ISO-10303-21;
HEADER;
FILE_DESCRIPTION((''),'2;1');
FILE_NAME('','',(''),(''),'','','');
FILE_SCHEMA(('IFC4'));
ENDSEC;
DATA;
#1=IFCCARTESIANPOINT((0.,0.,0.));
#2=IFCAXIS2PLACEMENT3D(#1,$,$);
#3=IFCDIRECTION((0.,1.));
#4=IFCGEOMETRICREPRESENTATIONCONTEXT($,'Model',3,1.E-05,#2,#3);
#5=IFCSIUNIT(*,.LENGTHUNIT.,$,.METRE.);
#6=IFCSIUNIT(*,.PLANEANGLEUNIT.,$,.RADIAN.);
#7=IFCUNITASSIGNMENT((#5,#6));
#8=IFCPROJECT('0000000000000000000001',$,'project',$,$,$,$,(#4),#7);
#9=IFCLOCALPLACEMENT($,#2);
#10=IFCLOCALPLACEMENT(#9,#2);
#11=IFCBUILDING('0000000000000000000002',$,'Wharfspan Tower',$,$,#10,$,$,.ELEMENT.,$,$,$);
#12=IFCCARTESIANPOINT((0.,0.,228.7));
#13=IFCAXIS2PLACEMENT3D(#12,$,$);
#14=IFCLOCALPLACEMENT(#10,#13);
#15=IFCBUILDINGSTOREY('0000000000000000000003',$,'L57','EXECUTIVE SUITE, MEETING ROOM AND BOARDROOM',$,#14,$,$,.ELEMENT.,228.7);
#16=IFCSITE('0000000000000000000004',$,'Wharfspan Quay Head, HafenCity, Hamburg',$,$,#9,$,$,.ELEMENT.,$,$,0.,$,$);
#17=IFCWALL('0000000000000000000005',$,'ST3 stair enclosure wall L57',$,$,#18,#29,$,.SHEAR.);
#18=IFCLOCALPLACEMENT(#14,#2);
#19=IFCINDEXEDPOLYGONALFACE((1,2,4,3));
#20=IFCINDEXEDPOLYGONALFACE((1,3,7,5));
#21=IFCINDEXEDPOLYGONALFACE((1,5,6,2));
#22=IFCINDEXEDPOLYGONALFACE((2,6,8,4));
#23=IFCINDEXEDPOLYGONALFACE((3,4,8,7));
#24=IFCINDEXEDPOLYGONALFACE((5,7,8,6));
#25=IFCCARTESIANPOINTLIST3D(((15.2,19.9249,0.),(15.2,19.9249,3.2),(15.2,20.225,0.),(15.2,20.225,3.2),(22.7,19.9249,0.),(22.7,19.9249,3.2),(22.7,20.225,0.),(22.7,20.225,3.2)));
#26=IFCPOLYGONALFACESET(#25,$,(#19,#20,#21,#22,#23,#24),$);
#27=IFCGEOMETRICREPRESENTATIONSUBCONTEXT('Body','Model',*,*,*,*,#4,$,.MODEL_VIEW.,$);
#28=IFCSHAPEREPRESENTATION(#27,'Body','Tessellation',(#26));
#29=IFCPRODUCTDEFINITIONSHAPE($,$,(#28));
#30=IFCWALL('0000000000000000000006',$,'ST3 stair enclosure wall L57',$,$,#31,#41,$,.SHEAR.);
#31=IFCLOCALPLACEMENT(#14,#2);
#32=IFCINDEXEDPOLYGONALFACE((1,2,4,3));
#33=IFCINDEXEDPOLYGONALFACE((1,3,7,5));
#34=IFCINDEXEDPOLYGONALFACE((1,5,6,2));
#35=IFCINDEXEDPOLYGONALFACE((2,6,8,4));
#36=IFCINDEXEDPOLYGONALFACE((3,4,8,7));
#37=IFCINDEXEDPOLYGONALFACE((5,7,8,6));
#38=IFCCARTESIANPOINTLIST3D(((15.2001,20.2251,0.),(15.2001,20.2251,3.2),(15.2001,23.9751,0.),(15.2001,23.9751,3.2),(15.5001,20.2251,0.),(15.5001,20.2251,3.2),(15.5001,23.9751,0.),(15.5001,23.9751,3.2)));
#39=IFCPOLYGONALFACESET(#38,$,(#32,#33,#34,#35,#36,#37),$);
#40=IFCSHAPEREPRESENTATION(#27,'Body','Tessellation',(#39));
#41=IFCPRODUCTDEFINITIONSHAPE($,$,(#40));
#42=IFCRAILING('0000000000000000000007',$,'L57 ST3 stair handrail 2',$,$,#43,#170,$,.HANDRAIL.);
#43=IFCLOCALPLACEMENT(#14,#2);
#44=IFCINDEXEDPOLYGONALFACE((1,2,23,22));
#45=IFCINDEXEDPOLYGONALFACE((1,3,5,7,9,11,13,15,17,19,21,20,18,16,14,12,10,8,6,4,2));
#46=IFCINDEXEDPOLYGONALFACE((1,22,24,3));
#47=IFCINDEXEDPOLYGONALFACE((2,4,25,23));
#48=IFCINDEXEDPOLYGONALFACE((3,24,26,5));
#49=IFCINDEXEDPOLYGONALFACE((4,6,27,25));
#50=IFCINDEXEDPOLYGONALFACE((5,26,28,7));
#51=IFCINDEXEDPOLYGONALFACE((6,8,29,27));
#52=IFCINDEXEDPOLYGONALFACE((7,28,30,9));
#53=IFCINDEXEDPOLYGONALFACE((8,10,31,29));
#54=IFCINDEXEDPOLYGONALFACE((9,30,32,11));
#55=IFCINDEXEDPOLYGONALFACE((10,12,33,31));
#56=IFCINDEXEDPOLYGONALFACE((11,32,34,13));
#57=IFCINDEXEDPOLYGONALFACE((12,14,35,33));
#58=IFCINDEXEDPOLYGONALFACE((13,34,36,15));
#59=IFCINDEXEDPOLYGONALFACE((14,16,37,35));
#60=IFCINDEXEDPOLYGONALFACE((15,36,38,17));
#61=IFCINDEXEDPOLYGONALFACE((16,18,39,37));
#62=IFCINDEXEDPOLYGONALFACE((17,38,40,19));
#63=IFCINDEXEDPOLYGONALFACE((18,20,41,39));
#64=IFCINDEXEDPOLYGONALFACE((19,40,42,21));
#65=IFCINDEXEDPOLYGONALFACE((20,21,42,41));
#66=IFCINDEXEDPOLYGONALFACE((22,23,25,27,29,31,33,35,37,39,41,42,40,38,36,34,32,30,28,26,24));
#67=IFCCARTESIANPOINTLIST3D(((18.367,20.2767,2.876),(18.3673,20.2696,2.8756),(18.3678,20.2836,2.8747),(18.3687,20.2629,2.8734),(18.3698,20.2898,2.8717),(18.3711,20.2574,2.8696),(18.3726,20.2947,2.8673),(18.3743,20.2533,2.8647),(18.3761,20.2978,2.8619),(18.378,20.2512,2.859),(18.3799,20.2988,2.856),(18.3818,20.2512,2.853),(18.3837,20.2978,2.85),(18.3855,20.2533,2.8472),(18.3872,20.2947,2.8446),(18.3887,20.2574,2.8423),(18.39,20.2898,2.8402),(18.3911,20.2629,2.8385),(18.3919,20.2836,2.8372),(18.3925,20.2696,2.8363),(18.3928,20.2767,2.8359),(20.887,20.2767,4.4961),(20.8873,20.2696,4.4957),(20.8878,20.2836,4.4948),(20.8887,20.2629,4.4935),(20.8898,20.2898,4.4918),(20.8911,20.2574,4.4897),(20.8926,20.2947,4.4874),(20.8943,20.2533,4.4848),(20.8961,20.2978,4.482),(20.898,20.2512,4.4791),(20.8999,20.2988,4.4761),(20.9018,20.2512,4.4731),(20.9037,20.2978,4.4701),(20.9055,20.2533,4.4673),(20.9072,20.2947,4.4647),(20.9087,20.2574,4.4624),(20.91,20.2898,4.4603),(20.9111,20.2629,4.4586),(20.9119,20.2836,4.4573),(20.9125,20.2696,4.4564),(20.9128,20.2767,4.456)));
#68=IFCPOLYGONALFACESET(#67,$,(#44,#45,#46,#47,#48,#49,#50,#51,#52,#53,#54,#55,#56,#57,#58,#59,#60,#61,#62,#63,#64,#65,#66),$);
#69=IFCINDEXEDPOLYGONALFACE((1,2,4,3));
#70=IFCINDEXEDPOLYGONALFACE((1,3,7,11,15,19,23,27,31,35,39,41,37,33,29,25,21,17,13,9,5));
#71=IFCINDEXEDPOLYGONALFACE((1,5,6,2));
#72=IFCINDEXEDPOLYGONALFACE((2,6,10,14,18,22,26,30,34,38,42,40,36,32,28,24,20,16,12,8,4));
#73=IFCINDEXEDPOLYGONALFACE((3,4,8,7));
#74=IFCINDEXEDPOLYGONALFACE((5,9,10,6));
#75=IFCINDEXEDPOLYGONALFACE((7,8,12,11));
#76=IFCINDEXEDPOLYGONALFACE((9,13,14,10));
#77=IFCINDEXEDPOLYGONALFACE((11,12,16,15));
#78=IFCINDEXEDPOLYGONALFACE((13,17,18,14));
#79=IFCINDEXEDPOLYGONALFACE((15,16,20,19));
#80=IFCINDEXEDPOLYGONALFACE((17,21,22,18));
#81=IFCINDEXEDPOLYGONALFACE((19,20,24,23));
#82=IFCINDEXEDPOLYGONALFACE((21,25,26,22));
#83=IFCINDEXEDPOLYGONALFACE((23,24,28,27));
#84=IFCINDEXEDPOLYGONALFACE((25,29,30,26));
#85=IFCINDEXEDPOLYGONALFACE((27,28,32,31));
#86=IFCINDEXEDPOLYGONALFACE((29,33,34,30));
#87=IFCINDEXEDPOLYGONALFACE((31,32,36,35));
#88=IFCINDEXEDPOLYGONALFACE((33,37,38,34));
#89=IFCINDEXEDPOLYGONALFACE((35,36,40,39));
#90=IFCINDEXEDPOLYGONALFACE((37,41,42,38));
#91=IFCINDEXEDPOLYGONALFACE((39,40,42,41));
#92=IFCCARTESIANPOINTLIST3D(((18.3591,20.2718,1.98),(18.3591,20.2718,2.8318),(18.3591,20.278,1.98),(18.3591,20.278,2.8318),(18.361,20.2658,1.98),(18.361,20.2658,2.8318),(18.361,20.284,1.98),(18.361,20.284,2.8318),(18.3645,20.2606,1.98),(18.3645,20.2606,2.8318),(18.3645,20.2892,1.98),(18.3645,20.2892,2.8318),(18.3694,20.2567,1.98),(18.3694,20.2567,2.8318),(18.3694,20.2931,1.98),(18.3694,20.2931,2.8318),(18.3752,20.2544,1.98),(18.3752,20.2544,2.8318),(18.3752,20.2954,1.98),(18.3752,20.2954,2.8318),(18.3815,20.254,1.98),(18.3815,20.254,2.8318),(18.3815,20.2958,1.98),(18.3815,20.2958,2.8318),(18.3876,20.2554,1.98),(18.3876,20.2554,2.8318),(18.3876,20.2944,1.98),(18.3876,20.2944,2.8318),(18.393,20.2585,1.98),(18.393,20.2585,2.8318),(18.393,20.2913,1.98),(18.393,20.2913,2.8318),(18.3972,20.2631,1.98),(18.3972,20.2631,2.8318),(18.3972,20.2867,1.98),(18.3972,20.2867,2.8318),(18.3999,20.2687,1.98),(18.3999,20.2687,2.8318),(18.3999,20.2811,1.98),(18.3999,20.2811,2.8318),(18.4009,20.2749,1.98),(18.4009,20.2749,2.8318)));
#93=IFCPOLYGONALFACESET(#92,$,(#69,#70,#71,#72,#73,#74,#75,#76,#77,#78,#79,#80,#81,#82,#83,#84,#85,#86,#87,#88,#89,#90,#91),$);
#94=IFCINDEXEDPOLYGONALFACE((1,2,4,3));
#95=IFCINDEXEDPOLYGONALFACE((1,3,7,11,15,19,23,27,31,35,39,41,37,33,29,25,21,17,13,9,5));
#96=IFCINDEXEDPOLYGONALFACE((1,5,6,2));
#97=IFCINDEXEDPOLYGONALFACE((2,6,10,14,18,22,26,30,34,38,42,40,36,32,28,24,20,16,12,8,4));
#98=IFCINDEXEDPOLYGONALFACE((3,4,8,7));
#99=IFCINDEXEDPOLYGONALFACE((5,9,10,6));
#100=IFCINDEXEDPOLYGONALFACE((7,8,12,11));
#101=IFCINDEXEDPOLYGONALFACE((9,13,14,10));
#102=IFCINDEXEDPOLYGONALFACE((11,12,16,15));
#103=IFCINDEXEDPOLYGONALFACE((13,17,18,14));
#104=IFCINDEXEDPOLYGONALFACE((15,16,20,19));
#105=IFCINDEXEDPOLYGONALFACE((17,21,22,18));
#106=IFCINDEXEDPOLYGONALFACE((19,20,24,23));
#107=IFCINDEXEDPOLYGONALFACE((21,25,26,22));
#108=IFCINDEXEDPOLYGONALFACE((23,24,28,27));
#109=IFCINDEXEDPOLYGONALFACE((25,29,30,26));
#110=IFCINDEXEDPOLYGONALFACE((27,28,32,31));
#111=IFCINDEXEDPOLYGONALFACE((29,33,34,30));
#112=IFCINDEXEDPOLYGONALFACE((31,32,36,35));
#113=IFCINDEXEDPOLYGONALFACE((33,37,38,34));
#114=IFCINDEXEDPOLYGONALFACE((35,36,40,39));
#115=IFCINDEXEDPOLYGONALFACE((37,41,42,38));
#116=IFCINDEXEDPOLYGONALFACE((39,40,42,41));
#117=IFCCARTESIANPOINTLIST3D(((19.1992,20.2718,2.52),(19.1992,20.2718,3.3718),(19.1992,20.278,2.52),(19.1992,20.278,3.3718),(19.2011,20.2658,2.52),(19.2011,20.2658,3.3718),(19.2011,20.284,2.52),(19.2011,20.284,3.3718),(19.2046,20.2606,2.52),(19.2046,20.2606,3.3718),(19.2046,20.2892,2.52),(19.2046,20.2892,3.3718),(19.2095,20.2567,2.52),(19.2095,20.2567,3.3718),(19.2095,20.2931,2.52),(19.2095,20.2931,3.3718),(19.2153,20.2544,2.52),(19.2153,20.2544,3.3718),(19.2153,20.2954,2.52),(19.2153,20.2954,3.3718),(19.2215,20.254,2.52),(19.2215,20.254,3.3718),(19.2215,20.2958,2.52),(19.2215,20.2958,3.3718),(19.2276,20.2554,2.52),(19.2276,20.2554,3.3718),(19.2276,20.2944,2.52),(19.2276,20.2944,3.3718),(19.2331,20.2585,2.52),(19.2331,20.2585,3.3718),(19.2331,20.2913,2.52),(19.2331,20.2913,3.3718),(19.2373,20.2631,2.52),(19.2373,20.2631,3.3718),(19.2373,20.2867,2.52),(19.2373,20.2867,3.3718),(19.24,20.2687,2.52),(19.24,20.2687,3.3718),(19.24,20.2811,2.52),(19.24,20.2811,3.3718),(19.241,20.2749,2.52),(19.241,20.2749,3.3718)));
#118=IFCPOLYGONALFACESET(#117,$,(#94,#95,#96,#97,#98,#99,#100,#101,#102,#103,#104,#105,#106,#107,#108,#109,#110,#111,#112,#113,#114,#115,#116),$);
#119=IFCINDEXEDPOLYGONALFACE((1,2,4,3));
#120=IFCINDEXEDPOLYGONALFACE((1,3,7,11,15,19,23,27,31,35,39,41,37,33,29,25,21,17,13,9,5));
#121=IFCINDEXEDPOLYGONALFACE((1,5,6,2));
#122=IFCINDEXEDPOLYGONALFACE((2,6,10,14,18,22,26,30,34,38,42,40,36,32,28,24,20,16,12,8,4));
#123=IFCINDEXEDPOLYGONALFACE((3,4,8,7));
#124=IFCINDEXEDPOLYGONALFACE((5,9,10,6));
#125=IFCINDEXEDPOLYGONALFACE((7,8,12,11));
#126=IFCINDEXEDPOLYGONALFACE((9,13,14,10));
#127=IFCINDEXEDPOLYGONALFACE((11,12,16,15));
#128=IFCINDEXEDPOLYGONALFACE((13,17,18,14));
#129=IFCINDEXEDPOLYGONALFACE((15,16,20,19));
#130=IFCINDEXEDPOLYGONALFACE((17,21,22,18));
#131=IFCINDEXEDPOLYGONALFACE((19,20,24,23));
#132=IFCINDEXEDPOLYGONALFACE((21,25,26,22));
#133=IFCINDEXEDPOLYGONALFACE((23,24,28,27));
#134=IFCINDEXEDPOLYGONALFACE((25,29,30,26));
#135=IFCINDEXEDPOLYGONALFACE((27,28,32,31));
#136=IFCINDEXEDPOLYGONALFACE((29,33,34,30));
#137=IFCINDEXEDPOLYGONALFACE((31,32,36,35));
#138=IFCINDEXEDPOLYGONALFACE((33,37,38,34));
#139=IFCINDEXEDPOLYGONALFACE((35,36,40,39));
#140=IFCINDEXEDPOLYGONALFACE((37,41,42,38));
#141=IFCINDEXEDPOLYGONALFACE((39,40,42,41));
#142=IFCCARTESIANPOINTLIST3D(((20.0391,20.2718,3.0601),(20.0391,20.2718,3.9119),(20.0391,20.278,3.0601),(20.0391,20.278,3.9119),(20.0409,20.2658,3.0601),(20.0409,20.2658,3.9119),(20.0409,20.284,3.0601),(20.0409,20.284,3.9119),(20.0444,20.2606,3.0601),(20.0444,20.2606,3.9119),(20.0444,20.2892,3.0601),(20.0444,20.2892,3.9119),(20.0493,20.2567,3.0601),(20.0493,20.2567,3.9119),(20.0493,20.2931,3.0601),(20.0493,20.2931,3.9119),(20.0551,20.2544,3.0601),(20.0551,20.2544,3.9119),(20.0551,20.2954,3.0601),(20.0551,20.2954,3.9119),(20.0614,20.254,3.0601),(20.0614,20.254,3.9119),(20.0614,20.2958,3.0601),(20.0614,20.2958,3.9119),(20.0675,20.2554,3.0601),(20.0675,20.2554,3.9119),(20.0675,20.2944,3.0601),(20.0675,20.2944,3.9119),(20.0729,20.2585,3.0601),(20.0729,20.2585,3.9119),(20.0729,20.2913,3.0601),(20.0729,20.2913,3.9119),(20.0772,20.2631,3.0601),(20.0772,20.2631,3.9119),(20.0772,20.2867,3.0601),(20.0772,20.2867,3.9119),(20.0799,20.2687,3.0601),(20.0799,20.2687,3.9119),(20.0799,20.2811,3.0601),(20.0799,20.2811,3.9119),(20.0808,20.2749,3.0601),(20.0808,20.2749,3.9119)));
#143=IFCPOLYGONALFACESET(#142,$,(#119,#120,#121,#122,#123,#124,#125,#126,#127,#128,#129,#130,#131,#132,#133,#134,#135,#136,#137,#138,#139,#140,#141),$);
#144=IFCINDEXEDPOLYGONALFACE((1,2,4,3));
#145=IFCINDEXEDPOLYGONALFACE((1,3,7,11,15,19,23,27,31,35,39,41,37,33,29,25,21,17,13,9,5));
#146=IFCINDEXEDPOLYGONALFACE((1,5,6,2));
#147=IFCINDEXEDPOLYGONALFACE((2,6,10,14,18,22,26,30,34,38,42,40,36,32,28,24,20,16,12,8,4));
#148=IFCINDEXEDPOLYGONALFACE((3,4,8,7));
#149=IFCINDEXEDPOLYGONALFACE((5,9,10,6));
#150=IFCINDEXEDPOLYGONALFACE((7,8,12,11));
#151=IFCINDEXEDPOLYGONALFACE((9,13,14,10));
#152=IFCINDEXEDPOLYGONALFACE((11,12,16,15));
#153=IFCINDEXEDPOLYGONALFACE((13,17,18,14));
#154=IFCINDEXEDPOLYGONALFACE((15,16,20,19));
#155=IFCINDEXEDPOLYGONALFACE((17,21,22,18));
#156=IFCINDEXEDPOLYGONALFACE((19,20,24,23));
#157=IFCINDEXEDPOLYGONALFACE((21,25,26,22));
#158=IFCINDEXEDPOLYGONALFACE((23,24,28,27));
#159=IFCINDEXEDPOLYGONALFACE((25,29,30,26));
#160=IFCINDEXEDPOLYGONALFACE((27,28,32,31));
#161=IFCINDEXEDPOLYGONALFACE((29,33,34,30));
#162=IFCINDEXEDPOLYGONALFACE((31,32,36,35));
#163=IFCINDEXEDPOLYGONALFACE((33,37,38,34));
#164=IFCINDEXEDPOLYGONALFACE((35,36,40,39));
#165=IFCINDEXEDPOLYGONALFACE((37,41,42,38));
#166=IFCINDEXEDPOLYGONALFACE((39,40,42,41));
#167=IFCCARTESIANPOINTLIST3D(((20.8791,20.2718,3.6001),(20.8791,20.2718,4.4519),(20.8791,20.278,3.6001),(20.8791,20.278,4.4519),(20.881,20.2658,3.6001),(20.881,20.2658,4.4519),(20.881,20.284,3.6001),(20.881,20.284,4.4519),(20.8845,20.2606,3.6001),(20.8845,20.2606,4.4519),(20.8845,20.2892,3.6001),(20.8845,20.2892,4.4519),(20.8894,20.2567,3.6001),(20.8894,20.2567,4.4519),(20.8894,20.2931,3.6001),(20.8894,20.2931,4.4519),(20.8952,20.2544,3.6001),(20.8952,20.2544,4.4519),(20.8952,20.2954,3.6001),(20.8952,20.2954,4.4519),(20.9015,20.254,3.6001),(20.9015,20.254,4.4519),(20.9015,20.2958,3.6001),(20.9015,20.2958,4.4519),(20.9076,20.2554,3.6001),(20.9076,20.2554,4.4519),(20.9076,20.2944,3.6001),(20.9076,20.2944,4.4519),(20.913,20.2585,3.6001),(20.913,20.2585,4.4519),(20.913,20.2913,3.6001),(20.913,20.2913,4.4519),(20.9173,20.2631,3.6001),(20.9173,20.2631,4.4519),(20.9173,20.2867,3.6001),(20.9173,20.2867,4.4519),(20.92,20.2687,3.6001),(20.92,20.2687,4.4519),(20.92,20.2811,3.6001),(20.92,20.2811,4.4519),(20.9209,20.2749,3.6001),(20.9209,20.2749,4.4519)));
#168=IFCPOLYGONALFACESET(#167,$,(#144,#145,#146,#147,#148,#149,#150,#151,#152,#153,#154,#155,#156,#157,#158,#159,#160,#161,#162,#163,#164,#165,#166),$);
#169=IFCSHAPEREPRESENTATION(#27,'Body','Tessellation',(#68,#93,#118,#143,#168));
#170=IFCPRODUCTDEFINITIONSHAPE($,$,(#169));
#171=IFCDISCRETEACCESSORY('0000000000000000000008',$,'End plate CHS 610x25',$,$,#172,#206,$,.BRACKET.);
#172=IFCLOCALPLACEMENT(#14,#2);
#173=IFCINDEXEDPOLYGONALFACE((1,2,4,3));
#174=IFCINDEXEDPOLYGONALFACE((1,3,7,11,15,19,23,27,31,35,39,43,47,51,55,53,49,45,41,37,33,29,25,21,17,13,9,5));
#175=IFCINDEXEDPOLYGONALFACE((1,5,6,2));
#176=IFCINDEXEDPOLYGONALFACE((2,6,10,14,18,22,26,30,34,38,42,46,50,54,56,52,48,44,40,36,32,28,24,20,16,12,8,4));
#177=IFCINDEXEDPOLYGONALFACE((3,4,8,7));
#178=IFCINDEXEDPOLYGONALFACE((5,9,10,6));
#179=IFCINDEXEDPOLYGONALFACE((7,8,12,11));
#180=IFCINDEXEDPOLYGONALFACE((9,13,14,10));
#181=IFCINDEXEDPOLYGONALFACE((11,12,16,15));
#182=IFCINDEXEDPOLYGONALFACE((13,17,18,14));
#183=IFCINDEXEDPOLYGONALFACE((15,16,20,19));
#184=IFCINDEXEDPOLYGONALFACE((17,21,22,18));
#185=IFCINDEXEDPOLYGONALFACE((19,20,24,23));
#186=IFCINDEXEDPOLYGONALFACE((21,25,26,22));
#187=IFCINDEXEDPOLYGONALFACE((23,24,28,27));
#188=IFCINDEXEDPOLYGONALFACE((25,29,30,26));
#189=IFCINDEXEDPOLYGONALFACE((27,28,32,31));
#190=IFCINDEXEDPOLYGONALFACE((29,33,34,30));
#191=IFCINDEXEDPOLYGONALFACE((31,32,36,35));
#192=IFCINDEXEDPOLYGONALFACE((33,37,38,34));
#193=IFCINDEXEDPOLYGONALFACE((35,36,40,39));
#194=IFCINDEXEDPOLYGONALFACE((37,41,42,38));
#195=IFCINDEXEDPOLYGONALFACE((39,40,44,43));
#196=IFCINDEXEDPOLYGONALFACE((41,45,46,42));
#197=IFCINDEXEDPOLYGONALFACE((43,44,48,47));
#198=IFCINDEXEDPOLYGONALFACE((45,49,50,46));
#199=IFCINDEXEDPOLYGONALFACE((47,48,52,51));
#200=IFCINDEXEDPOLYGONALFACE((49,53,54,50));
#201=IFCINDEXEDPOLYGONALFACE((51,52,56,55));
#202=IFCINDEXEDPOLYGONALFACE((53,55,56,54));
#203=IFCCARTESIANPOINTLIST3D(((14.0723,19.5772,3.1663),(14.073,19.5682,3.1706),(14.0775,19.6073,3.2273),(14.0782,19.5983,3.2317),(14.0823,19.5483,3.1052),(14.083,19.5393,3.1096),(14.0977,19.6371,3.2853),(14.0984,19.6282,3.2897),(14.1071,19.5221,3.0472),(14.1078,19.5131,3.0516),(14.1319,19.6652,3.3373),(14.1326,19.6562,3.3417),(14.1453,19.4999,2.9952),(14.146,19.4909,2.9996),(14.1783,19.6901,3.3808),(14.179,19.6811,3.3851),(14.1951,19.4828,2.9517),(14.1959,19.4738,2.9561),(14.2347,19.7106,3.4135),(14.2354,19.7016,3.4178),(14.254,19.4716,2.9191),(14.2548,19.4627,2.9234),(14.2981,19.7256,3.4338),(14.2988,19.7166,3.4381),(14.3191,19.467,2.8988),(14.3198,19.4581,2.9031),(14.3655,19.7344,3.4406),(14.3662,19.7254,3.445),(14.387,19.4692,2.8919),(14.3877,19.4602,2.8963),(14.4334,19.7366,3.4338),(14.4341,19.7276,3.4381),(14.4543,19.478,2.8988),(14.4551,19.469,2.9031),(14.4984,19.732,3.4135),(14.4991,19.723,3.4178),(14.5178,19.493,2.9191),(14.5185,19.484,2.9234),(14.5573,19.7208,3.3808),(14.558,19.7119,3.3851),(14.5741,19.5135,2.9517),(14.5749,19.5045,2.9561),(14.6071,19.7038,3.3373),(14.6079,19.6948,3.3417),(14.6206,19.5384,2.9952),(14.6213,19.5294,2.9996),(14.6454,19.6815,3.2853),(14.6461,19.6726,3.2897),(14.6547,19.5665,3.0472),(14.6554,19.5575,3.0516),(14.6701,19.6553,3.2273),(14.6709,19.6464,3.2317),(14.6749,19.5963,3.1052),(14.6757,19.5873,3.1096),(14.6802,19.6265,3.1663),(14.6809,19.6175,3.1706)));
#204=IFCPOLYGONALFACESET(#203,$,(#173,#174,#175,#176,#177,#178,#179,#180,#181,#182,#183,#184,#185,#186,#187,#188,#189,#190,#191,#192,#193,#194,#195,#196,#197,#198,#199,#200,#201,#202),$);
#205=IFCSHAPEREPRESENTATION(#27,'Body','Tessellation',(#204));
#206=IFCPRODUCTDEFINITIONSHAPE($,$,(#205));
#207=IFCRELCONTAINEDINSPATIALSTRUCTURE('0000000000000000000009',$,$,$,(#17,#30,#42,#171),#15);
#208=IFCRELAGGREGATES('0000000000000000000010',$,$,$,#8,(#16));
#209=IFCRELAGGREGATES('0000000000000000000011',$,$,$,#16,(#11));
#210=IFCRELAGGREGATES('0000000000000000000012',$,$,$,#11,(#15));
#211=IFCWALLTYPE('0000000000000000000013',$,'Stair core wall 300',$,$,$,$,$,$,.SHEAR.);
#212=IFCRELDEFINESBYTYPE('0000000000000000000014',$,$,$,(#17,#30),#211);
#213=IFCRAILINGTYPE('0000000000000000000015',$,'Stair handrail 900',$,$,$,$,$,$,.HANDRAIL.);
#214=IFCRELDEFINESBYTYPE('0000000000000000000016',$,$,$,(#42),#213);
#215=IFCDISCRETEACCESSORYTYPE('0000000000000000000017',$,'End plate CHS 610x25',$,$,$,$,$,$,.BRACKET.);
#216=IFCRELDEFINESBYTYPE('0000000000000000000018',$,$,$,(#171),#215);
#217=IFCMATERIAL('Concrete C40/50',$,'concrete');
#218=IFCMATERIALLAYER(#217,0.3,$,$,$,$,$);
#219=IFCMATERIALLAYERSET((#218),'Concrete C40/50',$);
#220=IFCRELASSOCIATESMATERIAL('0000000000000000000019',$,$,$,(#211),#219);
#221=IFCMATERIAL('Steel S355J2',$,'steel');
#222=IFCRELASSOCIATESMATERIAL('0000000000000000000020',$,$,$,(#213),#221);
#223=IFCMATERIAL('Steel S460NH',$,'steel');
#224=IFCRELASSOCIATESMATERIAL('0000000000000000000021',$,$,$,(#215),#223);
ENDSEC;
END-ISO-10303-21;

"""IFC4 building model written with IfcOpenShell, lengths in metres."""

from ifc_helpers import new_model, si_unit, direction, frame, frame_2d, origin, origin_2d, place, context, subcontext, project, spatial, rectangle, circle, extrude, material, layer, layer_set, material_profile, profile_set, type_object, element, save


model = new_model("IFC4")

# Units and contexts
model_context = context("Model", 3, precision=1e-05, world=origin(), true_north=direction((0.0, 1.0)))
body_context = subcontext(model_context, "Body", "Model", "MODEL_VIEW")
ifc_project = project(units=[si_unit("LENGTHUNIT", "METRE"), si_unit("PLANEANGLEUNIT", "RADIAN")], contexts=[model_context])

# Site, building, storey
site_placement = place(None, origin())
site = spatial("IfcSite", under=ifc_project, at=site_placement, Name="Wharfspan Quay Head, HafenCity, Hamburg", CompositionType="ELEMENT", RefElevation=0.0)
building_placement = place(site_placement, origin())
building = spatial("IfcBuilding", under=site, at=building_placement, Name="Wharfspan Tower", CompositionType="ELEMENT")
storey_placement = place(building_placement, frame((0.0, 0.0, 228.7)))
storey = spatial("IfcBuildingStorey", under=building, at=storey_placement, Name="L57", Description="EXECUTIVE SUITE, MEETING ROOM AND BOARDROOM", CompositionType="ELEMENT", Elevation=228.7)

# Shared definitions
ifc_material_1 = material(Name="Steel S355J2", Category="steel")

# Shared definitions
ifc_material_2 = material(Name="Steel S460NH", Category="steel")

# Walls
ifc_material_3 = material(Name="Concrete C40/50", Category="concrete")
ifc_layer_1 = layer(ifc_material_3, 0.3)
ifc_layer_set_1 = layer_set([ifc_layer_1], Name="Concrete C40/50")
wall_type_1 = type_object("IfcWallType", Name="Stair core wall 300", PredefinedType="SHEAR", material=ifc_layer_set_1)
wall_1_placement = place(storey_placement, frame((15.2, 20.075, 0.0), z_axis=(0.0, 0.0, 1.0), x_axis=(1.0, 0.0, 0.0)))
element("IfcWall", 1, at=wall_1_placement, inside=storey, type_object=wall_type_1, Name="ST3 stair enclosure wall L57", PredefinedType="SHEAR", context=body_context, shape_type="SweptSolid", body=[
    extrude(rectangle(XDim=7.5, YDim=0.3, at=frame_2d((3.75, 0.0))), origin(), (0.0, 0.0, 1.0), 3.2),
])
wall_2_placement = place(storey_placement, frame((15.3501, 20.2251, 0.0), z_axis=(0.0, 0.0, 1.0), x_axis=(0.0, 1.0, 0.0)))
element("IfcWall", 2, at=wall_2_placement, inside=storey, type_object=wall_type_1, Name="ST3 stair enclosure wall L57", PredefinedType="SHEAR", context=body_context, shape_type="SweptSolid", body=[
    extrude(rectangle(XDim=3.75, YDim=0.3, at=frame_2d((1.875, 0.0))), origin(), (0.0, 0.0, 1.0), 3.2),
])

# Railing
railing_type = type_object("IfcRailingType", Name="Stair handrail 900", PredefinedType="HANDRAIL", material=ifc_material_1)
railing_placement = place(storey_placement, frame((18.3799, 20.2749, 1.98)))
element("IfcRailing", 3, at=railing_placement, inside=storey, type_object=railing_type, Name="L57 ST3 stair handrail 2", PredefinedType="HANDRAIL", context=body_context, shape_type="SweptSolid", body=[
    extrude(circle(Radius=0.0239, at=origin_2d()), frame((0.0, 0.0, 0.876), z_axis=(0.841163, 0.0, 0.540782), x_axis=(0.0, 1.0, 0.0)), (0.0, 0.0, 1.0), 2.9958),
    extrude(circle(Radius=0.021, at=origin_2d()), origin(), (0.0, 0.0, 1.0), 0.8518),
    extrude(circle(Radius=0.021, at=origin_2d()), frame((0.8401, 0.0, 0.54)), (0.0, 0.0, 1.0), 0.8518),
    extrude(circle(Radius=0.021, at=origin_2d()), frame((1.6799, 0.0, 1.0801)), (0.0, 0.0, 1.0), 0.8518),
    extrude(circle(Radius=0.021, at=origin_2d()), frame((2.52, 0.0, 1.6201)), (0.0, 0.0, 1.0), 0.8518),
])

# Discrete accessory
ifc_material_profile_1 = material_profile(ifc_material_2, circle(Radius=0.3049, at=origin_2d()))
ifc_profile_set_1 = profile_set([ifc_material_profile_1], Name="Steel S460NH")
discrete_accessory_type = type_object("IfcDiscreteAccessoryType", Name="End plate CHS 610x25", PredefinedType="BRACKET", material=ifc_profile_set_1)
for number, where, z_axis, x_axis, name in (
    (4, (14.3762, 19.6018, 3.1663), (0.072718, -0.896854, 0.436308), (0.996729, 0.080815, -0.000002), "End plate CHS 610x25"),
):
    element("IfcDiscreteAccessory", number, at=place(storey_placement, frame(where, z_axis=z_axis, x_axis=x_axis)), inside=storey, type_object=discrete_accessory_type, Name=name, PredefinedType="BRACKET", context=body_context, shape_type="SweptSolid", body=[
        extrude(circle(Radius=0.3049, at=origin_2d()), origin(), (0.0, 0.0, 1.0), 0.01),
    ])

save(model, "model.ifc")
